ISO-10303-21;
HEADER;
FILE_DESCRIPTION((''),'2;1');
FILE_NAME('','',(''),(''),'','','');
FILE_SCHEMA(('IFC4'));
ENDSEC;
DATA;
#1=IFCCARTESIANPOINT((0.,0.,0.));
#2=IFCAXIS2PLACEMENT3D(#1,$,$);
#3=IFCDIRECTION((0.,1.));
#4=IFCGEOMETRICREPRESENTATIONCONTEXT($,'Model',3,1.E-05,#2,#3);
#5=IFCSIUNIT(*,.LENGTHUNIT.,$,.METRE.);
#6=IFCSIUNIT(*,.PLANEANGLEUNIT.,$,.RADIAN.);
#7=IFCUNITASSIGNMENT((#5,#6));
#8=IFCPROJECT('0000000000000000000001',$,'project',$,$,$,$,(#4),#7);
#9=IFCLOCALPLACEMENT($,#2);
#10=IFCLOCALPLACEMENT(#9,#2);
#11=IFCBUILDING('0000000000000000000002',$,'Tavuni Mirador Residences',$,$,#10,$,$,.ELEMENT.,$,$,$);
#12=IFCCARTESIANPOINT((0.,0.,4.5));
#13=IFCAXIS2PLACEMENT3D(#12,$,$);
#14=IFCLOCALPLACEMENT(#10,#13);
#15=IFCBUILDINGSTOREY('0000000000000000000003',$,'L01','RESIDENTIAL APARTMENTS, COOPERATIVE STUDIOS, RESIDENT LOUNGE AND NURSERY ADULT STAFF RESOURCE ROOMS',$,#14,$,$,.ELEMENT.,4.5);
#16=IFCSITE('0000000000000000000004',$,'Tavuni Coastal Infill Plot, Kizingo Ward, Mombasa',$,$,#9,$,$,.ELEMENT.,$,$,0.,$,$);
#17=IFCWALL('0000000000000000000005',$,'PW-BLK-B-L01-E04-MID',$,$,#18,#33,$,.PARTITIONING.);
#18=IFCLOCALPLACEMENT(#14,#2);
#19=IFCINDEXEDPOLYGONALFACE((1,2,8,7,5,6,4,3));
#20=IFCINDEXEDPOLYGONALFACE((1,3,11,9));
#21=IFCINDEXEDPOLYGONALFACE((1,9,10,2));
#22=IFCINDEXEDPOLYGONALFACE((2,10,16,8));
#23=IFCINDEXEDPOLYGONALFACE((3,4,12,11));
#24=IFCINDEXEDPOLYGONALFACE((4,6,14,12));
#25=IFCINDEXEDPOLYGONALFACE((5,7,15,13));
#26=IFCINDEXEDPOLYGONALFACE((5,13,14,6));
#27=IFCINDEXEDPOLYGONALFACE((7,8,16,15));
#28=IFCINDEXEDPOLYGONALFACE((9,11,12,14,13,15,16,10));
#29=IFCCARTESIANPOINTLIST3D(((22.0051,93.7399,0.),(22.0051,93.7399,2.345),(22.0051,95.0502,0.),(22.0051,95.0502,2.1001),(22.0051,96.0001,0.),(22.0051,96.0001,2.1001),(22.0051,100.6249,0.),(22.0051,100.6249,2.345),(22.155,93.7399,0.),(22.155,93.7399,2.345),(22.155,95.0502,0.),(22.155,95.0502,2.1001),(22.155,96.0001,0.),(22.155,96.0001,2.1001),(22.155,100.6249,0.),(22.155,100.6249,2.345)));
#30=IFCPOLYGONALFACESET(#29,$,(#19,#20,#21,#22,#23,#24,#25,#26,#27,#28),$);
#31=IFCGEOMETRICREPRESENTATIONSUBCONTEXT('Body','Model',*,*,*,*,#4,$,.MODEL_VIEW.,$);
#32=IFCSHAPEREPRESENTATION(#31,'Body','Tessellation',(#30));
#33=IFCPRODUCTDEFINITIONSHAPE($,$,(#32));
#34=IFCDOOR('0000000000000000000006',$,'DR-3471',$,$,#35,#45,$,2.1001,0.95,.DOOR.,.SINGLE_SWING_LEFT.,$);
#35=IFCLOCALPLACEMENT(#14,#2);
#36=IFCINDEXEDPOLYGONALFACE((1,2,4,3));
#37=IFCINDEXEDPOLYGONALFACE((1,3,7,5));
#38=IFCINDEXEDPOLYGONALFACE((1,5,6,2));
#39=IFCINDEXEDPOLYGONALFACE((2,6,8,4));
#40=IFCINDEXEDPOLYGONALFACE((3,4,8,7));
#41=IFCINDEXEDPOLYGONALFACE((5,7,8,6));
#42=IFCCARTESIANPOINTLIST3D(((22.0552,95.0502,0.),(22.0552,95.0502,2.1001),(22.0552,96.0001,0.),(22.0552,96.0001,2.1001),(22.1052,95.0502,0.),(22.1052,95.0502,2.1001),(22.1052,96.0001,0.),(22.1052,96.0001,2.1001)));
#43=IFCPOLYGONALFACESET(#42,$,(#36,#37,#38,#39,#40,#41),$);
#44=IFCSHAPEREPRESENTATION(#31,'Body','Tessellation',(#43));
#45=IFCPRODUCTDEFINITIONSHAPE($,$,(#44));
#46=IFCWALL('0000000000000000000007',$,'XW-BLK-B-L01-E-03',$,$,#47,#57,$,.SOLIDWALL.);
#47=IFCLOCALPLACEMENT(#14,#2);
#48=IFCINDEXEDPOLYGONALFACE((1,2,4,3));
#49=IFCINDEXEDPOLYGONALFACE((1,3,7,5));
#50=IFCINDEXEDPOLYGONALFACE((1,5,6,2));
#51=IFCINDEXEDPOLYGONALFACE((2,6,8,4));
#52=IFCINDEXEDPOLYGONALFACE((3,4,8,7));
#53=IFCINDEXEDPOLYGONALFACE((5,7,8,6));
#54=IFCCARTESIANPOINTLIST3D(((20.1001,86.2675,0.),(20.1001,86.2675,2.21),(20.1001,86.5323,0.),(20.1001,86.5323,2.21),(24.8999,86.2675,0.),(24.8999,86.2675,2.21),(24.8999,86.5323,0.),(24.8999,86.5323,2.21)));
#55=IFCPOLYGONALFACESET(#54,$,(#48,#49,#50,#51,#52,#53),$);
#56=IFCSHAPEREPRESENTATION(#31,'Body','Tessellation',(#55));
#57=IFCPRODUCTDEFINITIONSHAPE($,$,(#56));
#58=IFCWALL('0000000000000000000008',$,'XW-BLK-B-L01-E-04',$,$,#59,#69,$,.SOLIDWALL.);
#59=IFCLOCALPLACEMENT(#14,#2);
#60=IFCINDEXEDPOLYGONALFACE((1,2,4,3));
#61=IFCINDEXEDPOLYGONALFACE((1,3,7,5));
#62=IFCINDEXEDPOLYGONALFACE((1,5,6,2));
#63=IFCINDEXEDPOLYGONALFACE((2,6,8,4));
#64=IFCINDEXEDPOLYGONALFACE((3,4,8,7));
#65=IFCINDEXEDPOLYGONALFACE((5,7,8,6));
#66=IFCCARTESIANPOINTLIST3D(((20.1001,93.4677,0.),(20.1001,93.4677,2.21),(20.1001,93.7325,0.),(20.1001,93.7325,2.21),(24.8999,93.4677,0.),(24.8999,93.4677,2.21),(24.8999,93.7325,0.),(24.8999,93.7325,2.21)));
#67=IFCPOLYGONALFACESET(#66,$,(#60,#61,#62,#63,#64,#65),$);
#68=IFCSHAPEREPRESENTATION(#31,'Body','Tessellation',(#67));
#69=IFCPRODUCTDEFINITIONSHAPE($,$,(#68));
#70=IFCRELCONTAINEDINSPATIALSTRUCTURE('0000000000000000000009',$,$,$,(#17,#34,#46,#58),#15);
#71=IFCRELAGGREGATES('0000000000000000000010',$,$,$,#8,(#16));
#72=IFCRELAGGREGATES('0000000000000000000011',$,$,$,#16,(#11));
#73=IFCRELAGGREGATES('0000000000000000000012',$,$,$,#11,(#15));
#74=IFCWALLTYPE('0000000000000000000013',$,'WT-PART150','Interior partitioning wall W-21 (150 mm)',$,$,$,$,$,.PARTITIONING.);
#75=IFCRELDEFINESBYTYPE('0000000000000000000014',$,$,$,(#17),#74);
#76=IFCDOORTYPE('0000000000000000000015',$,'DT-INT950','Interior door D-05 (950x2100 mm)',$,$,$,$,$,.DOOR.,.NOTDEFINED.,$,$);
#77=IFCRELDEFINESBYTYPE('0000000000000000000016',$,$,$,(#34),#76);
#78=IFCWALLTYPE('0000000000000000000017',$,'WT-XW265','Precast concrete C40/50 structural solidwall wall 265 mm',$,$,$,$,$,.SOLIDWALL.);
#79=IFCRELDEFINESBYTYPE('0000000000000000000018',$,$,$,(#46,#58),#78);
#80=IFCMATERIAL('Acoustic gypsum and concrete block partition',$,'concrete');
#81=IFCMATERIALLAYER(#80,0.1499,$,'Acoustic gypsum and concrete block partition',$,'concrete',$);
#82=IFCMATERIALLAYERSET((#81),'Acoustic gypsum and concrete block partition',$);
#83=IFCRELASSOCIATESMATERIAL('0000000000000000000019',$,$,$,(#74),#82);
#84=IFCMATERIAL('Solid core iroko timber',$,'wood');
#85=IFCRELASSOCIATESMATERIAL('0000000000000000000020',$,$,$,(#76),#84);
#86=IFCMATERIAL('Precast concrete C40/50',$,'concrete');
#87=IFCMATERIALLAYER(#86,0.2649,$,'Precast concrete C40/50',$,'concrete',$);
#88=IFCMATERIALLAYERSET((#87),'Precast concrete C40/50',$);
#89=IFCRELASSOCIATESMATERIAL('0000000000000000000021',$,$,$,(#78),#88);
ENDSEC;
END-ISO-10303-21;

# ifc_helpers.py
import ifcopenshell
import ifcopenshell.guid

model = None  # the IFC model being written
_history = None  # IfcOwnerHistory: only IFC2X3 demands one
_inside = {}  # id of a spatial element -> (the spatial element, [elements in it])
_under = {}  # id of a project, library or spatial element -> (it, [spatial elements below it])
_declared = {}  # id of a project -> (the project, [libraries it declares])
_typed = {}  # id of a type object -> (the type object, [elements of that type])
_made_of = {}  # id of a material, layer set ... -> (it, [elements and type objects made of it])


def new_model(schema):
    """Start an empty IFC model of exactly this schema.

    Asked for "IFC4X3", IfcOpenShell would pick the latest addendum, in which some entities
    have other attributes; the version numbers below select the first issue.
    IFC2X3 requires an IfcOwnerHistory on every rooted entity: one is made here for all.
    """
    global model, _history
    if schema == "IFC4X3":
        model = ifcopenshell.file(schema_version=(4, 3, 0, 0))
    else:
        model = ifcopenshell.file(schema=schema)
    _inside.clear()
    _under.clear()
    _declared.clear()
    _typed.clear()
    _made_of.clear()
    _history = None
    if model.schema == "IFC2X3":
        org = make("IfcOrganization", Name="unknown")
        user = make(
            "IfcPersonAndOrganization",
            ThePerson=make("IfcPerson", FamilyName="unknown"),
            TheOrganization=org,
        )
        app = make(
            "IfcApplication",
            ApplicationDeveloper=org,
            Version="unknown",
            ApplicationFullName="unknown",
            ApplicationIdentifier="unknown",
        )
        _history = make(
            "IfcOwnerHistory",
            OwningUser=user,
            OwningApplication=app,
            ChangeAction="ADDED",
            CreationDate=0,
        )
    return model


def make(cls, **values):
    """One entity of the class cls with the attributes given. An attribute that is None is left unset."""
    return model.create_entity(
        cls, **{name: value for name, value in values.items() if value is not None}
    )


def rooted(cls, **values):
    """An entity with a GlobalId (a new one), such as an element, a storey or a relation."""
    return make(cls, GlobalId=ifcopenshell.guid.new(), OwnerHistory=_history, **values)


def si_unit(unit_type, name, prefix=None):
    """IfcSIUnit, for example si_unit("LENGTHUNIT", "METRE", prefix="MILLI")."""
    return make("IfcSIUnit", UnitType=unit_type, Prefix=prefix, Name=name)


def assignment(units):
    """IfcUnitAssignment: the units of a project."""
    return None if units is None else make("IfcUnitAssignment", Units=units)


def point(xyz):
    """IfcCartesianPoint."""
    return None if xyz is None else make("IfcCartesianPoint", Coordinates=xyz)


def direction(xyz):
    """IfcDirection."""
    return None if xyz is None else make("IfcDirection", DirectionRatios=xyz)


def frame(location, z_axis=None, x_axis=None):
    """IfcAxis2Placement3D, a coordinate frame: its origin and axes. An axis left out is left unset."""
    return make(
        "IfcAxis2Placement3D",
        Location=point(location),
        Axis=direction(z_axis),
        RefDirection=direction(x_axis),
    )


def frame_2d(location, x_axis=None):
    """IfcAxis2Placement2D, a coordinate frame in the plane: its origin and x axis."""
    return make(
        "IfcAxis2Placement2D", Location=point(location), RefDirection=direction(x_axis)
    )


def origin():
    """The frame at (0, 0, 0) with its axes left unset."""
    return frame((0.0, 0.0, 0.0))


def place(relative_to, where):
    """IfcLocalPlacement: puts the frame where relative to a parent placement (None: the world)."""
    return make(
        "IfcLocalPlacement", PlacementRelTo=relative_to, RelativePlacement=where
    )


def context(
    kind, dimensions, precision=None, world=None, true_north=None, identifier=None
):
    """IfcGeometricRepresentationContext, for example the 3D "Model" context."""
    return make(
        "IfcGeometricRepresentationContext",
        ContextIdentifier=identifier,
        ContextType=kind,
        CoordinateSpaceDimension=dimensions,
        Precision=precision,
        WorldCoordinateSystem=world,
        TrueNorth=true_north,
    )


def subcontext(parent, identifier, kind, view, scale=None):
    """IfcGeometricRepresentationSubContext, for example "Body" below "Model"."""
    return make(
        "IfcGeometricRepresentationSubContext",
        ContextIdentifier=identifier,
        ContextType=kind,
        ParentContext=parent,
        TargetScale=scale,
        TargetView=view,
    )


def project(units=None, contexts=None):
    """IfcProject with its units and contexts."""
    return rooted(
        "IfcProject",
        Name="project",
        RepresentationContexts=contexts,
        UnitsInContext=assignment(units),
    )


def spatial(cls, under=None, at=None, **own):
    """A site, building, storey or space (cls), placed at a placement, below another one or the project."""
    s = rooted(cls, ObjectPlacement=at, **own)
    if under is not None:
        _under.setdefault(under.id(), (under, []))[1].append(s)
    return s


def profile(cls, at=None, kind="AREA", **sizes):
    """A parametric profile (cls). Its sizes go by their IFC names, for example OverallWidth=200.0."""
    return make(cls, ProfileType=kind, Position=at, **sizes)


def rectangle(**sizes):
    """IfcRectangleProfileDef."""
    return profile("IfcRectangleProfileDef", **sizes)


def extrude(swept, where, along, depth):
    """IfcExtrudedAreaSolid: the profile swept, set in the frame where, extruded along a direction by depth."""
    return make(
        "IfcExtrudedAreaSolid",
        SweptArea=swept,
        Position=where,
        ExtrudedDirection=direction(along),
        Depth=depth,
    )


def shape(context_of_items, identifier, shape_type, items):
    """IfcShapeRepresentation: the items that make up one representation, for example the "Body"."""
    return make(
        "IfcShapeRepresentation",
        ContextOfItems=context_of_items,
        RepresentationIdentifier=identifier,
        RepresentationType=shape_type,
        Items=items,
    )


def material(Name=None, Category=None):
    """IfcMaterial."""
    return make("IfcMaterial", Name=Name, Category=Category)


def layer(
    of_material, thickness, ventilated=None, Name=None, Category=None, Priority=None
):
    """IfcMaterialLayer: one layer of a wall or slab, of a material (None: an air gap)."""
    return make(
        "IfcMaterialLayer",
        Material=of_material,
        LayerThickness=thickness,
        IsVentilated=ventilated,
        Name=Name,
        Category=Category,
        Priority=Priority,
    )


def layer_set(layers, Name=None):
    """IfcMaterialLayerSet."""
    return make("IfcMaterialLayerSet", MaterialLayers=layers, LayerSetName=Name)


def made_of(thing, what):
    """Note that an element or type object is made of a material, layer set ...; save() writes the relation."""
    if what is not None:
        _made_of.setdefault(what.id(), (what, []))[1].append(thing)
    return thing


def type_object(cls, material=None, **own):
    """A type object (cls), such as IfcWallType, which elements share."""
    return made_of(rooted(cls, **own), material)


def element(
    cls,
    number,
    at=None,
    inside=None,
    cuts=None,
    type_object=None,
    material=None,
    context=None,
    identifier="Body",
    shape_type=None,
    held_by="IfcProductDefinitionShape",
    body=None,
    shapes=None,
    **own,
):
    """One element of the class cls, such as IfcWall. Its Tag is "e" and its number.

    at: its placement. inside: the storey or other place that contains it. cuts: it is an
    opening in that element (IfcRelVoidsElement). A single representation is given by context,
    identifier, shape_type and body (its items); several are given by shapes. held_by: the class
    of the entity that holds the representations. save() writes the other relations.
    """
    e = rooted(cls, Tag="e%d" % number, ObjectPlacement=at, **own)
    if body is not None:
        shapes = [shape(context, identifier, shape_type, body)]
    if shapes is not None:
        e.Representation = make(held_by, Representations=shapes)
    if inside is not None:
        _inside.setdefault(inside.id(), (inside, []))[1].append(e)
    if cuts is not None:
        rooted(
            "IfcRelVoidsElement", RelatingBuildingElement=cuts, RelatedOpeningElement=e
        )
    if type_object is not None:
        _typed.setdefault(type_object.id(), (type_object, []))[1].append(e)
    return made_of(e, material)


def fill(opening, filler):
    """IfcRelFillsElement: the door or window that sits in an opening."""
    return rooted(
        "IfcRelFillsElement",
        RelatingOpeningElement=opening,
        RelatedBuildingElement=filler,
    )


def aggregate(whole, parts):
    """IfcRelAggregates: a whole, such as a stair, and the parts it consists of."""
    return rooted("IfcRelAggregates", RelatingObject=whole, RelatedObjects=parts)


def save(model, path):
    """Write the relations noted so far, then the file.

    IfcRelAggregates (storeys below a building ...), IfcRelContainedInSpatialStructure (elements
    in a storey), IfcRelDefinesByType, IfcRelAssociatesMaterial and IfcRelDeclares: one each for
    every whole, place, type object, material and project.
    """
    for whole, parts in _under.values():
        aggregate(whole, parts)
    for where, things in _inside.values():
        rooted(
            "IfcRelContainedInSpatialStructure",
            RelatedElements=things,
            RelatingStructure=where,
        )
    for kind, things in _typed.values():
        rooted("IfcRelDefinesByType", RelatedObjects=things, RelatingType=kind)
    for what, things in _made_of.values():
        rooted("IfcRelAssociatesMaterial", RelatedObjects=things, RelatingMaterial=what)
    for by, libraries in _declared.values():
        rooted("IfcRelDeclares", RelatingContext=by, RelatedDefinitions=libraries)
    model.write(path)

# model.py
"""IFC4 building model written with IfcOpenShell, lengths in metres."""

from ifc_helpers import new_model, si_unit, direction, frame, frame_2d, origin, place, context, subcontext, project, spatial, rectangle, extrude, material, layer, layer_set, type_object, element, fill, save


model = new_model("IFC4")

# Units and contexts
model_context = context("Model", 3, precision=1e-05, world=origin(), true_north=direction((0.0, 1.0)))
body_context = subcontext(model_context, "Body", "Model", "MODEL_VIEW")
ifc_project = project(units=[si_unit("LENGTHUNIT", "METRE"), si_unit("PLANEANGLEUNIT", "RADIAN")], contexts=[model_context])

# Site, building, storey
site_placement = place(None, origin())
site = spatial("IfcSite", under=ifc_project, at=site_placement, Name="Tavuni Coastal Infill Plot, Kizingo Ward, Mombasa", CompositionType="ELEMENT", RefElevation=0.0)
building_placement = place(site_placement, origin())
building = spatial("IfcBuilding", under=site, at=building_placement, Name="Tavuni Mirador Residences", CompositionType="ELEMENT")
storey_placement = place(building_placement, frame((0.0, 0.0, 4.5)))
storey = spatial("IfcBuildingStorey", under=building, at=storey_placement, Name="L01", Description="RESIDENTIAL APARTMENTS, COOPERATIVE STUDIOS, RESIDENT LOUNGE AND NURSERY ADULT STAFF RESOURCE ROOMS", CompositionType="ELEMENT", Elevation=4.5)

# Shared definitions
ifc_material_1 = material(Name="Precast concrete C40/50", Category="concrete")

# Shared definitions
ifc_material_2 = material(Name="Solid core iroko timber", Category="wood")

# Wall, opening, door
ifc_material_3 = material(Name="Acoustic gypsum and concrete block partition", Category="concrete")
ifc_layer_1 = layer(ifc_material_3, 0.1499, Name="Acoustic gypsum and concrete block partition", Category="concrete")
ifc_layer_set_1 = layer_set([ifc_layer_1], Name="Acoustic gypsum and concrete block partition")
wall_type_1 = type_object("IfcWallType", Name="WT-PART150", Description="Interior partitioning wall W-21 (150 mm)", PredefinedType="PARTITIONING", material=ifc_layer_set_1)
wall_1_placement = place(storey_placement, frame((22.0801, 93.74, 0.0), z_axis=(0.0, 0.0, 1.0), x_axis=(0.0, 1.0, 0.0)))
wall_1 = element("IfcWall", 1, at=wall_1_placement, inside=storey, type_object=wall_type_1, Name="PW-BLK-B-L01-E04-MID", PredefinedType="PARTITIONING", context=body_context, shape_type="SweptSolid", body=[
    extrude(rectangle(XDim=6.885, YDim=0.1499, at=frame_2d((3.4424, 0.0))), origin(), (0.0, 0.0, 1.0), 2.345),
])
opening_1_placement = place(wall_1_placement, frame((1.3101, 0.0, 0.0)))
opening_1 = element("IfcOpeningElement", 2, at=opening_1_placement, cuts=wall_1, PredefinedType="OPENING", context=body_context, shape_type="SweptSolid", body=[
    extrude(rectangle(XDim=0.95, YDim=2.1001, at=frame_2d((0.4751, 1.05))), frame((0.0, 0.085, 0.0), z_axis=(0.0, -1.0, 0.0), x_axis=(1.0, 0.0, 0.0)), (0.0, 0.0, 1.0), 0.1699),
])
door_type_1 = type_object("IfcDoorType", Name="DT-INT950", Description="Interior door D-05 (950x2100 mm)", OperationType="NOTDEFINED", PredefinedType="DOOR", material=ifc_material_2)
door_1_placement = place(opening_1_placement, origin())
door_1 = element("IfcDoor", 3, at=door_1_placement, inside=storey, type_object=door_type_1, Name="DR-3471", OperationType="SINGLE_SWING_LEFT", OverallHeight=2.1001, OverallWidth=0.95, PredefinedType="DOOR", context=body_context, shape_type="SweptSolid", body=[
    extrude(rectangle(XDim=0.95, YDim=2.1001, at=frame_2d((0.4751, 1.05))), frame((0.0, 0.0249, 0.0), z_axis=(0.0, -1.0, 0.0), x_axis=(1.0, 0.0, 0.0)), (0.0, 0.0, 1.0), 0.05),
])
fill(opening_1, door_1)

# Walls
ifc_layer_2 = layer(ifc_material_1, 0.2649, Name="Precast concrete C40/50", Category="concrete")
ifc_layer_set_2 = layer_set([ifc_layer_2], Name="Precast concrete C40/50")
wall_type_2 = type_object("IfcWallType", Name="WT-XW265", Description="Precast concrete C40/50 structural solidwall wall 265 mm", PredefinedType="SOLIDWALL", material=ifc_layer_set_2)
for number, where, z_axis, x_axis, name in (
    (4, (20.1001, 86.3999, 0.0), (0.0, 0.0, 1.0), (1.0, 0.0, 0.0), "XW-BLK-B-L01-E-03"),
    (5, (20.1001, 93.6001, 0.0), (0.0, 0.0, 1.0), (1.0, 0.0, 0.0), "XW-BLK-B-L01-E-04"),
):
    element("IfcWall", number, at=place(storey_placement, frame(where, z_axis=z_axis, x_axis=x_axis)), inside=storey, type_object=wall_type_2, Name=name, PredefinedType="SOLIDWALL", context=body_context, shape_type="SweptSolid", body=[
        extrude(rectangle(XDim=4.7998, YDim=0.2649, at=frame_2d((2.3999, 0.0))), origin(), (0.0, 0.0, 1.0), 2.21),
    ])

save(model, "model.ifc")
